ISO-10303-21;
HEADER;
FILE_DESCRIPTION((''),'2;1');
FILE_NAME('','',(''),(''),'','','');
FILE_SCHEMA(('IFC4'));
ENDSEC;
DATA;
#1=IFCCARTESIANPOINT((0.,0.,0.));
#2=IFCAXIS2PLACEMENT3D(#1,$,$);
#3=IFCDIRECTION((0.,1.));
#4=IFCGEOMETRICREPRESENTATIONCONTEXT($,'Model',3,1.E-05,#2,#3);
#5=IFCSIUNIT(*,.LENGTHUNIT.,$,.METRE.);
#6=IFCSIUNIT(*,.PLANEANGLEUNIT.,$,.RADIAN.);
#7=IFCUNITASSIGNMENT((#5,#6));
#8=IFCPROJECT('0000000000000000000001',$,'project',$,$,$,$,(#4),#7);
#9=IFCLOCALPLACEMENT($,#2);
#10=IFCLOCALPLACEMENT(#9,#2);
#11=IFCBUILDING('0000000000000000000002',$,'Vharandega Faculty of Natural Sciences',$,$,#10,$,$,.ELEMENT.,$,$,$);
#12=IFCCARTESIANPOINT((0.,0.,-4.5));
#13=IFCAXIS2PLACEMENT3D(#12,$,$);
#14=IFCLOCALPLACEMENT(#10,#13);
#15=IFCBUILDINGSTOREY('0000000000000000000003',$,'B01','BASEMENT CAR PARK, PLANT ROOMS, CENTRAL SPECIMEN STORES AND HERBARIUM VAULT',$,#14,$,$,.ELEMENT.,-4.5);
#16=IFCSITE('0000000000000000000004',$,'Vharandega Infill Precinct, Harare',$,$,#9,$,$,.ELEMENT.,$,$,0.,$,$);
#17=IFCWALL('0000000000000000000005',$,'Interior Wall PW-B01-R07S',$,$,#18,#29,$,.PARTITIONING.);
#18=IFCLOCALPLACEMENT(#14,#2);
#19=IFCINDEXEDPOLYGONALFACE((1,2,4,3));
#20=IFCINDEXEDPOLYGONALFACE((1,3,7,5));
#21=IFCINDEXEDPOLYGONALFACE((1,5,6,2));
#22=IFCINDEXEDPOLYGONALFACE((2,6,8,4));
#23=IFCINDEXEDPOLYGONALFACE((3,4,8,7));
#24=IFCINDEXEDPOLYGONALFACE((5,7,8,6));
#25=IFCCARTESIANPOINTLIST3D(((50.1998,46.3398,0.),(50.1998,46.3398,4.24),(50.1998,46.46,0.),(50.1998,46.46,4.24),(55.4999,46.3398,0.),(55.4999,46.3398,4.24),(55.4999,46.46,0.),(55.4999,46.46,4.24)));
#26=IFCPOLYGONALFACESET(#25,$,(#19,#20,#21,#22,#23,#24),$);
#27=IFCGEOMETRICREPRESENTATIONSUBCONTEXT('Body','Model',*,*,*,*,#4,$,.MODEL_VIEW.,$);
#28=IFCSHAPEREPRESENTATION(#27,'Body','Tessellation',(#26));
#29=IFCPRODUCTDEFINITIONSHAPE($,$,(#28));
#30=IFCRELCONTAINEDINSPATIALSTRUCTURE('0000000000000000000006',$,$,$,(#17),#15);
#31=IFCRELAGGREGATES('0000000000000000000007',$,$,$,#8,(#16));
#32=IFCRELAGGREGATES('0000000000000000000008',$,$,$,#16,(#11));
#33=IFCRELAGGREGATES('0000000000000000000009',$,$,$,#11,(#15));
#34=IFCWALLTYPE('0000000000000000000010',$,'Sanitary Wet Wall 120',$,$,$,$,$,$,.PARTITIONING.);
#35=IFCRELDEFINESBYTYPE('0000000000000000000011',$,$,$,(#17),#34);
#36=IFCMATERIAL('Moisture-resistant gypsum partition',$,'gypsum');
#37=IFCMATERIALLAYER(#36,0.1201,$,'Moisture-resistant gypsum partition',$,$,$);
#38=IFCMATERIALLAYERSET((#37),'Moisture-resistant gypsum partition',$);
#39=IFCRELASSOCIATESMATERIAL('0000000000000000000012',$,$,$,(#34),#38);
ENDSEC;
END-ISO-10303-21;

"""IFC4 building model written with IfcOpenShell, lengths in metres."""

from ifc_helpers import new_model, si_unit, direction, frame, frame_2d, origin, place, context, subcontext, project, spatial, rectangle, extrude, material, layer, layer_set, type_object, element, save


model = new_model("IFC4")

# Units and contexts
model_context = context("Model", 3, precision=1e-05, world=origin(), true_north=direction((0.0, 1.0)))
body_context = subcontext(model_context, "Body", "Model", "MODEL_VIEW")
ifc_project = project(units=[si_unit("LENGTHUNIT", "METRE"), si_unit("PLANEANGLEUNIT", "RADIAN")], contexts=[model_context])

# Site, building, storey
site_placement = place(None, origin())
site = spatial("IfcSite", under=ifc_project, at=site_placement, Name="Vharandega Infill Precinct, Harare", CompositionType="ELEMENT", RefElevation=0.0)
building_placement = place(site_placement, origin())
building = spatial("IfcBuilding", under=site, at=building_placement, Name="Vharandega Faculty of Natural Sciences", CompositionType="ELEMENT")
storey_placement = place(building_placement, frame((0.0, 0.0, -4.5)))
storey = spatial("IfcBuildingStorey", under=building, at=storey_placement, Name="B01", Description="BASEMENT CAR PARK, PLANT ROOMS, CENTRAL SPECIMEN STORES AND HERBARIUM VAULT", CompositionType="ELEMENT", Elevation=-4.5)

# Wall
ifc_material_1 = material(Name="Moisture-resistant gypsum partition", Category="gypsum")
ifc_layer_1 = layer(ifc_material_1, 0.1201, Name="Moisture-resistant gypsum partition")
ifc_layer_set_1 = layer_set([ifc_layer_1], Name="Moisture-resistant gypsum partition")
wall_type_1 = type_object("IfcWallType", Name="Sanitary Wet Wall 120", PredefinedType="PARTITIONING", material=ifc_layer_set_1)
wall_1_placement = place(storey_placement, frame((50.2, 46.3999, 0.0), z_axis=(0.0, 0.0, 1.0), x_axis=(1.0, 0.0, 0.0)))
element("IfcWall", 1, at=wall_1_placement, inside=storey, type_object=wall_type_1, Name="Interior Wall PW-B01-R07S", PredefinedType="PARTITIONING", context=body_context, shape_type="SweptSolid", body=[
    extrude(rectangle(XDim=5.3, YDim=0.1201, at=frame_2d((2.6499, 0.0))), origin(), (0.0, 0.0, 1.0), 4.24),
])

save(model, "model.ifc")
